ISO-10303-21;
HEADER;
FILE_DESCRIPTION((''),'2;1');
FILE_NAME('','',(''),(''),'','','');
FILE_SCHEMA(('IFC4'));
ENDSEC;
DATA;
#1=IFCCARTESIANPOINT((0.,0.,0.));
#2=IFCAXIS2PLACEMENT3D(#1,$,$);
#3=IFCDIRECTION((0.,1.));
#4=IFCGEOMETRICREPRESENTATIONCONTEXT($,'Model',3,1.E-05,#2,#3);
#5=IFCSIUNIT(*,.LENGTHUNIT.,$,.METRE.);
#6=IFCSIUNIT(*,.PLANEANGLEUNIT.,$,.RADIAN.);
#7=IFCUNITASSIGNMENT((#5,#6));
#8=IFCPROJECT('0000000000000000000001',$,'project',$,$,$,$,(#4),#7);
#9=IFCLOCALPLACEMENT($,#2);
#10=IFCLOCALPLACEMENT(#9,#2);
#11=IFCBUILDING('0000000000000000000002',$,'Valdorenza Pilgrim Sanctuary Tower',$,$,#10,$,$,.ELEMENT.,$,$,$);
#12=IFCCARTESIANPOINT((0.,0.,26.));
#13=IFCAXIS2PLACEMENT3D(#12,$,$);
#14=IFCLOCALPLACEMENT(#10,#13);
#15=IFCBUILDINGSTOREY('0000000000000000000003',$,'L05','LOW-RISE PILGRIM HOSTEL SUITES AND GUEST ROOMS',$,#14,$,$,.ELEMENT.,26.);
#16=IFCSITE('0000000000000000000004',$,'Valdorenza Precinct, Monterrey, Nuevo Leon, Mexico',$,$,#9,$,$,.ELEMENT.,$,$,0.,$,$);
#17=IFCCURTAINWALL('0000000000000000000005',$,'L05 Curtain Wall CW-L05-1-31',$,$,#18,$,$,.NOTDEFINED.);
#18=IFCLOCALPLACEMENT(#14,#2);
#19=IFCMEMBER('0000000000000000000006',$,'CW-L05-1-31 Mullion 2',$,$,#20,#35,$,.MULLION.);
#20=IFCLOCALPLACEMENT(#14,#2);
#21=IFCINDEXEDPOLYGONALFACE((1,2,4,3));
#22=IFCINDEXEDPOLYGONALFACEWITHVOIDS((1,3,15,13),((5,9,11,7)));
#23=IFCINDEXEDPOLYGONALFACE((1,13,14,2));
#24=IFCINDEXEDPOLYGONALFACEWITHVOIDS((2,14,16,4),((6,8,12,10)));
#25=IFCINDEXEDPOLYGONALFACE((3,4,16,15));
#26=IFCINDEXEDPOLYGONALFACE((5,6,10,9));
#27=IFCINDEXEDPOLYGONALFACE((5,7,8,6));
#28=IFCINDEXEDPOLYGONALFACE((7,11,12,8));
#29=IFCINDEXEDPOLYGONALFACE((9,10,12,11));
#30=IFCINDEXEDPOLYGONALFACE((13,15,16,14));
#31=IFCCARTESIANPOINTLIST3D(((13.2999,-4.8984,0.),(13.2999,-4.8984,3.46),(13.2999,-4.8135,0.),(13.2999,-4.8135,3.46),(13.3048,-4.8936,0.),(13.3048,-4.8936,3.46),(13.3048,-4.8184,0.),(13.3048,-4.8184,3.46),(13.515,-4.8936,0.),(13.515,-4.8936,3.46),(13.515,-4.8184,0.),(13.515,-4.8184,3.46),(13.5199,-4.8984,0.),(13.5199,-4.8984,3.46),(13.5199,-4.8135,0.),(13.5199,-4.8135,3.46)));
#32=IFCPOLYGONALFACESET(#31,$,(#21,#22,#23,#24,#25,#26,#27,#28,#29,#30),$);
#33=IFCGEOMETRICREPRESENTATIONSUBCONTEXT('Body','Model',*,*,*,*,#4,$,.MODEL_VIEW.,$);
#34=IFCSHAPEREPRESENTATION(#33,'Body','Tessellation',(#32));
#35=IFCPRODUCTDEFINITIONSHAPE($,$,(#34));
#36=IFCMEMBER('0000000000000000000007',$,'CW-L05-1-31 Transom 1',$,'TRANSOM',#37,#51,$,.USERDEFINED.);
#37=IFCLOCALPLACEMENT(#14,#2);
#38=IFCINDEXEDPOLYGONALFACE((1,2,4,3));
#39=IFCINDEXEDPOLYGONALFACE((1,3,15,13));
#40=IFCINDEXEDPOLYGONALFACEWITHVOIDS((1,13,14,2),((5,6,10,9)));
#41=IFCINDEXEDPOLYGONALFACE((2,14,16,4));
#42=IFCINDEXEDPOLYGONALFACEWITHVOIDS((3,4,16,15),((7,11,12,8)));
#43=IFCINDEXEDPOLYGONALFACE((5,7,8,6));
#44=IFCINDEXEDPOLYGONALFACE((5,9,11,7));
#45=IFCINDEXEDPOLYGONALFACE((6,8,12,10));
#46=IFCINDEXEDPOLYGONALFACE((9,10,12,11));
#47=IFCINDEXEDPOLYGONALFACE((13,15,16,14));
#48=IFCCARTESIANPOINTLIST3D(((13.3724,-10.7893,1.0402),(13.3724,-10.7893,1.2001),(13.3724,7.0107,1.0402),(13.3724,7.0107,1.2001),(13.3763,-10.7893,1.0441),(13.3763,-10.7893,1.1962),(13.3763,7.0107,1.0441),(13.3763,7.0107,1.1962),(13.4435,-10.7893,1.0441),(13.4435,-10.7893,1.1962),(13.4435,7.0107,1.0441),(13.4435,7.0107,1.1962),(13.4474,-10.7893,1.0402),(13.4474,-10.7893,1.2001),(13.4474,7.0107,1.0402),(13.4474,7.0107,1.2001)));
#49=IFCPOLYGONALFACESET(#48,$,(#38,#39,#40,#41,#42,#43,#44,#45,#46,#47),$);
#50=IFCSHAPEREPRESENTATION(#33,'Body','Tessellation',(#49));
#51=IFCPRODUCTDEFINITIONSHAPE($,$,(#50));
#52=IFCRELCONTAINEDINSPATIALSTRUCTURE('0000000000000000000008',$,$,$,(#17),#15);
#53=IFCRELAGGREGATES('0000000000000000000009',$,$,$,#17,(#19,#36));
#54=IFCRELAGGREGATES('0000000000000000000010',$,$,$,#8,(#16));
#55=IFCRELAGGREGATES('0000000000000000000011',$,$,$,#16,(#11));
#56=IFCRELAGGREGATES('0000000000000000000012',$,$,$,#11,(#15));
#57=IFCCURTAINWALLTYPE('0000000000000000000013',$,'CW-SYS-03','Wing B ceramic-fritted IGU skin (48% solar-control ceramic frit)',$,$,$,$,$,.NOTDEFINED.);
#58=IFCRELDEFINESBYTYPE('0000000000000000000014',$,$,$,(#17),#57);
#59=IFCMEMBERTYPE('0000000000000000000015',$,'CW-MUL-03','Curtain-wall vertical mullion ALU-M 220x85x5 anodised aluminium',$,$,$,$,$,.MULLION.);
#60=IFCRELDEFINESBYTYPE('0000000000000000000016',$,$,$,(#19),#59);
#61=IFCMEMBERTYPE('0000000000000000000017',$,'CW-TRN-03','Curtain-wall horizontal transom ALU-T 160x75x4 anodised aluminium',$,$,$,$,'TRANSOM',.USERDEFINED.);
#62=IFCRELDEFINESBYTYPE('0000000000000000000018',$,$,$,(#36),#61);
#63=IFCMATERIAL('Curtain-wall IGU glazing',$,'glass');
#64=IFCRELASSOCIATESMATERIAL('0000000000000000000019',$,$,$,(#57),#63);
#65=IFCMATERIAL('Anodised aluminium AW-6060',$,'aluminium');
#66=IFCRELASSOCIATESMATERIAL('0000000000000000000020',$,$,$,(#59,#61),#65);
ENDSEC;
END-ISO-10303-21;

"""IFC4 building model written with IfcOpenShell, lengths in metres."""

from ifc_helpers import new_model, si_unit, direction, frame, origin, origin_2d, place, context, subcontext, project, spatial, hollow_rectangle, extrude, source, transform, mapped, material, material_profile, profile_set, type_object, element, aggregate, save


model = new_model("IFC4")

# Units and contexts
model_context = context("Model", 3, precision=1e-05, world=origin(), true_north=direction((0.0, 1.0)))
body_context = subcontext(model_context, "Body", "Model", "MODEL_VIEW")
ifc_project = project(units=[si_unit("LENGTHUNIT", "METRE"), si_unit("PLANEANGLEUNIT", "RADIAN")], contexts=[model_context])

# Site, building, storey
site_placement = place(None, origin())
site = spatial("IfcSite", under=ifc_project, at=site_placement, Name="Valdorenza Precinct, Monterrey, Nuevo Leon, Mexico", CompositionType="ELEMENT", RefElevation=0.0)
building_placement = place(site_placement, origin())
building = spatial("IfcBuilding", under=site, at=building_placement, Name="Valdorenza Pilgrim Sanctuary Tower", CompositionType="ELEMENT")
storey_placement = place(building_placement, frame((0.0, 0.0, 26.0)))
storey = spatial("IfcBuildingStorey", under=building, at=storey_placement, Name="L05", Description="LOW-RISE PILGRIM HOSTEL SUITES AND GUEST ROOMS", CompositionType="ELEMENT", Elevation=26.0)

# Shared definitions
ifc_material_1 = material(Name="Curtain-wall IGU glazing", Category="glass")
curtain_wall_type = type_object("IfcCurtainWallType", Name="CW-SYS-03", Description="Wing B ceramic-fritted IGU skin (48% solar-control ceramic frit)", PredefinedType="NOTDEFINED", material=ifc_material_1)
ifc_material_2 = material(Name="Anodised aluminium AW-6060", Category="aluminium")
ifc_material_profile_1 = material_profile(ifc_material_2, hollow_rectangle(XDim=0.085, YDim=0.22, WallThickness=0.0049, at=origin_2d()), Name="ALU-M 220x85x5")
ifc_profile_set_1 = profile_set([ifc_material_profile_1], Name="Anodised aluminium AW-6060")
member_type_1 = type_object("IfcMemberType", Name="CW-MUL-03", Description="Curtain-wall vertical mullion ALU-M 220x85x5 anodised aluminium", PredefinedType="MULLION", material=ifc_profile_set_1)
shared_shape_1 = source(origin(), body_context, "Body", "SweptSolid", [
    extrude(hollow_rectangle(XDim=0.085, YDim=0.22, WallThickness=0.0049, at=origin_2d()), origin(), (0.0, 0.0, 1.0), 3.46),
])

# Curtain wall, members
curtain_wall_1_placement = place(storey_placement, origin())
curtain_wall_1 = element("IfcCurtainWall", 1, at=curtain_wall_1_placement, inside=storey, type_object=curtain_wall_type, Name="L05 Curtain Wall CW-L05-1-31", PredefinedType="NOTDEFINED")
member_1_placement = place(storey_placement, frame((13.4099, -4.856, 0.0), z_axis=(0.0, 0.0, 1.0), x_axis=(0.0, 1.0, 0.0)))
member_1 = element("IfcMember", 2, at=member_1_placement, type_object=member_type_1, Name="CW-L05-1-31 Mullion 2", PredefinedType="MULLION", context=body_context, shape_type="MappedRepresentation", body=[
    mapped(shared_shape_1, transform((0.0, 0.0, 0.0), x_axis=(1.0, 0.0, 0.0), y_axis=(0.0, 1.0, 0.0), z_axis=(0.0, 0.0, 1.0), scale=1.0)),
])
ifc_material_profile_2 = material_profile(ifc_material_2, hollow_rectangle(XDim=0.075, YDim=0.1599, WallThickness=0.0039, at=origin_2d()), Name="ALU-T 160x75x4")
ifc_profile_set_2 = profile_set([ifc_material_profile_2], Name="Anodised aluminium AW-6060")
member_type_2 = type_object("IfcMemberType", Name="CW-TRN-03", Description="Curtain-wall horizontal transom ALU-T 160x75x4 anodised aluminium", ElementType="TRANSOM", PredefinedType="USERDEFINED", material=ifc_profile_set_2)
shared_shape_2 = source(origin(), body_context, "Body", "SweptSolid", [
    extrude(hollow_rectangle(XDim=0.075, YDim=0.1599, WallThickness=0.0039, at=origin_2d()), origin(), (0.0, 0.0, 1.0), 17.8),
])
member_2_placement = place(storey_placement, frame((13.4099, -10.7893, 1.1201), z_axis=(0.0, 1.0, 0.0), x_axis=(-1.0, 0.0, 0.0)))
member_2 = element("IfcMember", 3, at=member_2_placement, type_object=member_type_2, Name="CW-L05-1-31 Transom 1", ObjectType="TRANSOM", PredefinedType="USERDEFINED", context=body_context, shape_type="MappedRepresentation", body=[
    mapped(shared_shape_2, transform((0.0, 0.0, 0.0), x_axis=(1.0, 0.0, 0.0), y_axis=(0.0, 1.0, 0.0), z_axis=(0.0, 0.0, 1.0), scale=1.0)),
])

aggregate(curtain_wall_1, [member_1, member_2])

save(model, "model.ifc")
